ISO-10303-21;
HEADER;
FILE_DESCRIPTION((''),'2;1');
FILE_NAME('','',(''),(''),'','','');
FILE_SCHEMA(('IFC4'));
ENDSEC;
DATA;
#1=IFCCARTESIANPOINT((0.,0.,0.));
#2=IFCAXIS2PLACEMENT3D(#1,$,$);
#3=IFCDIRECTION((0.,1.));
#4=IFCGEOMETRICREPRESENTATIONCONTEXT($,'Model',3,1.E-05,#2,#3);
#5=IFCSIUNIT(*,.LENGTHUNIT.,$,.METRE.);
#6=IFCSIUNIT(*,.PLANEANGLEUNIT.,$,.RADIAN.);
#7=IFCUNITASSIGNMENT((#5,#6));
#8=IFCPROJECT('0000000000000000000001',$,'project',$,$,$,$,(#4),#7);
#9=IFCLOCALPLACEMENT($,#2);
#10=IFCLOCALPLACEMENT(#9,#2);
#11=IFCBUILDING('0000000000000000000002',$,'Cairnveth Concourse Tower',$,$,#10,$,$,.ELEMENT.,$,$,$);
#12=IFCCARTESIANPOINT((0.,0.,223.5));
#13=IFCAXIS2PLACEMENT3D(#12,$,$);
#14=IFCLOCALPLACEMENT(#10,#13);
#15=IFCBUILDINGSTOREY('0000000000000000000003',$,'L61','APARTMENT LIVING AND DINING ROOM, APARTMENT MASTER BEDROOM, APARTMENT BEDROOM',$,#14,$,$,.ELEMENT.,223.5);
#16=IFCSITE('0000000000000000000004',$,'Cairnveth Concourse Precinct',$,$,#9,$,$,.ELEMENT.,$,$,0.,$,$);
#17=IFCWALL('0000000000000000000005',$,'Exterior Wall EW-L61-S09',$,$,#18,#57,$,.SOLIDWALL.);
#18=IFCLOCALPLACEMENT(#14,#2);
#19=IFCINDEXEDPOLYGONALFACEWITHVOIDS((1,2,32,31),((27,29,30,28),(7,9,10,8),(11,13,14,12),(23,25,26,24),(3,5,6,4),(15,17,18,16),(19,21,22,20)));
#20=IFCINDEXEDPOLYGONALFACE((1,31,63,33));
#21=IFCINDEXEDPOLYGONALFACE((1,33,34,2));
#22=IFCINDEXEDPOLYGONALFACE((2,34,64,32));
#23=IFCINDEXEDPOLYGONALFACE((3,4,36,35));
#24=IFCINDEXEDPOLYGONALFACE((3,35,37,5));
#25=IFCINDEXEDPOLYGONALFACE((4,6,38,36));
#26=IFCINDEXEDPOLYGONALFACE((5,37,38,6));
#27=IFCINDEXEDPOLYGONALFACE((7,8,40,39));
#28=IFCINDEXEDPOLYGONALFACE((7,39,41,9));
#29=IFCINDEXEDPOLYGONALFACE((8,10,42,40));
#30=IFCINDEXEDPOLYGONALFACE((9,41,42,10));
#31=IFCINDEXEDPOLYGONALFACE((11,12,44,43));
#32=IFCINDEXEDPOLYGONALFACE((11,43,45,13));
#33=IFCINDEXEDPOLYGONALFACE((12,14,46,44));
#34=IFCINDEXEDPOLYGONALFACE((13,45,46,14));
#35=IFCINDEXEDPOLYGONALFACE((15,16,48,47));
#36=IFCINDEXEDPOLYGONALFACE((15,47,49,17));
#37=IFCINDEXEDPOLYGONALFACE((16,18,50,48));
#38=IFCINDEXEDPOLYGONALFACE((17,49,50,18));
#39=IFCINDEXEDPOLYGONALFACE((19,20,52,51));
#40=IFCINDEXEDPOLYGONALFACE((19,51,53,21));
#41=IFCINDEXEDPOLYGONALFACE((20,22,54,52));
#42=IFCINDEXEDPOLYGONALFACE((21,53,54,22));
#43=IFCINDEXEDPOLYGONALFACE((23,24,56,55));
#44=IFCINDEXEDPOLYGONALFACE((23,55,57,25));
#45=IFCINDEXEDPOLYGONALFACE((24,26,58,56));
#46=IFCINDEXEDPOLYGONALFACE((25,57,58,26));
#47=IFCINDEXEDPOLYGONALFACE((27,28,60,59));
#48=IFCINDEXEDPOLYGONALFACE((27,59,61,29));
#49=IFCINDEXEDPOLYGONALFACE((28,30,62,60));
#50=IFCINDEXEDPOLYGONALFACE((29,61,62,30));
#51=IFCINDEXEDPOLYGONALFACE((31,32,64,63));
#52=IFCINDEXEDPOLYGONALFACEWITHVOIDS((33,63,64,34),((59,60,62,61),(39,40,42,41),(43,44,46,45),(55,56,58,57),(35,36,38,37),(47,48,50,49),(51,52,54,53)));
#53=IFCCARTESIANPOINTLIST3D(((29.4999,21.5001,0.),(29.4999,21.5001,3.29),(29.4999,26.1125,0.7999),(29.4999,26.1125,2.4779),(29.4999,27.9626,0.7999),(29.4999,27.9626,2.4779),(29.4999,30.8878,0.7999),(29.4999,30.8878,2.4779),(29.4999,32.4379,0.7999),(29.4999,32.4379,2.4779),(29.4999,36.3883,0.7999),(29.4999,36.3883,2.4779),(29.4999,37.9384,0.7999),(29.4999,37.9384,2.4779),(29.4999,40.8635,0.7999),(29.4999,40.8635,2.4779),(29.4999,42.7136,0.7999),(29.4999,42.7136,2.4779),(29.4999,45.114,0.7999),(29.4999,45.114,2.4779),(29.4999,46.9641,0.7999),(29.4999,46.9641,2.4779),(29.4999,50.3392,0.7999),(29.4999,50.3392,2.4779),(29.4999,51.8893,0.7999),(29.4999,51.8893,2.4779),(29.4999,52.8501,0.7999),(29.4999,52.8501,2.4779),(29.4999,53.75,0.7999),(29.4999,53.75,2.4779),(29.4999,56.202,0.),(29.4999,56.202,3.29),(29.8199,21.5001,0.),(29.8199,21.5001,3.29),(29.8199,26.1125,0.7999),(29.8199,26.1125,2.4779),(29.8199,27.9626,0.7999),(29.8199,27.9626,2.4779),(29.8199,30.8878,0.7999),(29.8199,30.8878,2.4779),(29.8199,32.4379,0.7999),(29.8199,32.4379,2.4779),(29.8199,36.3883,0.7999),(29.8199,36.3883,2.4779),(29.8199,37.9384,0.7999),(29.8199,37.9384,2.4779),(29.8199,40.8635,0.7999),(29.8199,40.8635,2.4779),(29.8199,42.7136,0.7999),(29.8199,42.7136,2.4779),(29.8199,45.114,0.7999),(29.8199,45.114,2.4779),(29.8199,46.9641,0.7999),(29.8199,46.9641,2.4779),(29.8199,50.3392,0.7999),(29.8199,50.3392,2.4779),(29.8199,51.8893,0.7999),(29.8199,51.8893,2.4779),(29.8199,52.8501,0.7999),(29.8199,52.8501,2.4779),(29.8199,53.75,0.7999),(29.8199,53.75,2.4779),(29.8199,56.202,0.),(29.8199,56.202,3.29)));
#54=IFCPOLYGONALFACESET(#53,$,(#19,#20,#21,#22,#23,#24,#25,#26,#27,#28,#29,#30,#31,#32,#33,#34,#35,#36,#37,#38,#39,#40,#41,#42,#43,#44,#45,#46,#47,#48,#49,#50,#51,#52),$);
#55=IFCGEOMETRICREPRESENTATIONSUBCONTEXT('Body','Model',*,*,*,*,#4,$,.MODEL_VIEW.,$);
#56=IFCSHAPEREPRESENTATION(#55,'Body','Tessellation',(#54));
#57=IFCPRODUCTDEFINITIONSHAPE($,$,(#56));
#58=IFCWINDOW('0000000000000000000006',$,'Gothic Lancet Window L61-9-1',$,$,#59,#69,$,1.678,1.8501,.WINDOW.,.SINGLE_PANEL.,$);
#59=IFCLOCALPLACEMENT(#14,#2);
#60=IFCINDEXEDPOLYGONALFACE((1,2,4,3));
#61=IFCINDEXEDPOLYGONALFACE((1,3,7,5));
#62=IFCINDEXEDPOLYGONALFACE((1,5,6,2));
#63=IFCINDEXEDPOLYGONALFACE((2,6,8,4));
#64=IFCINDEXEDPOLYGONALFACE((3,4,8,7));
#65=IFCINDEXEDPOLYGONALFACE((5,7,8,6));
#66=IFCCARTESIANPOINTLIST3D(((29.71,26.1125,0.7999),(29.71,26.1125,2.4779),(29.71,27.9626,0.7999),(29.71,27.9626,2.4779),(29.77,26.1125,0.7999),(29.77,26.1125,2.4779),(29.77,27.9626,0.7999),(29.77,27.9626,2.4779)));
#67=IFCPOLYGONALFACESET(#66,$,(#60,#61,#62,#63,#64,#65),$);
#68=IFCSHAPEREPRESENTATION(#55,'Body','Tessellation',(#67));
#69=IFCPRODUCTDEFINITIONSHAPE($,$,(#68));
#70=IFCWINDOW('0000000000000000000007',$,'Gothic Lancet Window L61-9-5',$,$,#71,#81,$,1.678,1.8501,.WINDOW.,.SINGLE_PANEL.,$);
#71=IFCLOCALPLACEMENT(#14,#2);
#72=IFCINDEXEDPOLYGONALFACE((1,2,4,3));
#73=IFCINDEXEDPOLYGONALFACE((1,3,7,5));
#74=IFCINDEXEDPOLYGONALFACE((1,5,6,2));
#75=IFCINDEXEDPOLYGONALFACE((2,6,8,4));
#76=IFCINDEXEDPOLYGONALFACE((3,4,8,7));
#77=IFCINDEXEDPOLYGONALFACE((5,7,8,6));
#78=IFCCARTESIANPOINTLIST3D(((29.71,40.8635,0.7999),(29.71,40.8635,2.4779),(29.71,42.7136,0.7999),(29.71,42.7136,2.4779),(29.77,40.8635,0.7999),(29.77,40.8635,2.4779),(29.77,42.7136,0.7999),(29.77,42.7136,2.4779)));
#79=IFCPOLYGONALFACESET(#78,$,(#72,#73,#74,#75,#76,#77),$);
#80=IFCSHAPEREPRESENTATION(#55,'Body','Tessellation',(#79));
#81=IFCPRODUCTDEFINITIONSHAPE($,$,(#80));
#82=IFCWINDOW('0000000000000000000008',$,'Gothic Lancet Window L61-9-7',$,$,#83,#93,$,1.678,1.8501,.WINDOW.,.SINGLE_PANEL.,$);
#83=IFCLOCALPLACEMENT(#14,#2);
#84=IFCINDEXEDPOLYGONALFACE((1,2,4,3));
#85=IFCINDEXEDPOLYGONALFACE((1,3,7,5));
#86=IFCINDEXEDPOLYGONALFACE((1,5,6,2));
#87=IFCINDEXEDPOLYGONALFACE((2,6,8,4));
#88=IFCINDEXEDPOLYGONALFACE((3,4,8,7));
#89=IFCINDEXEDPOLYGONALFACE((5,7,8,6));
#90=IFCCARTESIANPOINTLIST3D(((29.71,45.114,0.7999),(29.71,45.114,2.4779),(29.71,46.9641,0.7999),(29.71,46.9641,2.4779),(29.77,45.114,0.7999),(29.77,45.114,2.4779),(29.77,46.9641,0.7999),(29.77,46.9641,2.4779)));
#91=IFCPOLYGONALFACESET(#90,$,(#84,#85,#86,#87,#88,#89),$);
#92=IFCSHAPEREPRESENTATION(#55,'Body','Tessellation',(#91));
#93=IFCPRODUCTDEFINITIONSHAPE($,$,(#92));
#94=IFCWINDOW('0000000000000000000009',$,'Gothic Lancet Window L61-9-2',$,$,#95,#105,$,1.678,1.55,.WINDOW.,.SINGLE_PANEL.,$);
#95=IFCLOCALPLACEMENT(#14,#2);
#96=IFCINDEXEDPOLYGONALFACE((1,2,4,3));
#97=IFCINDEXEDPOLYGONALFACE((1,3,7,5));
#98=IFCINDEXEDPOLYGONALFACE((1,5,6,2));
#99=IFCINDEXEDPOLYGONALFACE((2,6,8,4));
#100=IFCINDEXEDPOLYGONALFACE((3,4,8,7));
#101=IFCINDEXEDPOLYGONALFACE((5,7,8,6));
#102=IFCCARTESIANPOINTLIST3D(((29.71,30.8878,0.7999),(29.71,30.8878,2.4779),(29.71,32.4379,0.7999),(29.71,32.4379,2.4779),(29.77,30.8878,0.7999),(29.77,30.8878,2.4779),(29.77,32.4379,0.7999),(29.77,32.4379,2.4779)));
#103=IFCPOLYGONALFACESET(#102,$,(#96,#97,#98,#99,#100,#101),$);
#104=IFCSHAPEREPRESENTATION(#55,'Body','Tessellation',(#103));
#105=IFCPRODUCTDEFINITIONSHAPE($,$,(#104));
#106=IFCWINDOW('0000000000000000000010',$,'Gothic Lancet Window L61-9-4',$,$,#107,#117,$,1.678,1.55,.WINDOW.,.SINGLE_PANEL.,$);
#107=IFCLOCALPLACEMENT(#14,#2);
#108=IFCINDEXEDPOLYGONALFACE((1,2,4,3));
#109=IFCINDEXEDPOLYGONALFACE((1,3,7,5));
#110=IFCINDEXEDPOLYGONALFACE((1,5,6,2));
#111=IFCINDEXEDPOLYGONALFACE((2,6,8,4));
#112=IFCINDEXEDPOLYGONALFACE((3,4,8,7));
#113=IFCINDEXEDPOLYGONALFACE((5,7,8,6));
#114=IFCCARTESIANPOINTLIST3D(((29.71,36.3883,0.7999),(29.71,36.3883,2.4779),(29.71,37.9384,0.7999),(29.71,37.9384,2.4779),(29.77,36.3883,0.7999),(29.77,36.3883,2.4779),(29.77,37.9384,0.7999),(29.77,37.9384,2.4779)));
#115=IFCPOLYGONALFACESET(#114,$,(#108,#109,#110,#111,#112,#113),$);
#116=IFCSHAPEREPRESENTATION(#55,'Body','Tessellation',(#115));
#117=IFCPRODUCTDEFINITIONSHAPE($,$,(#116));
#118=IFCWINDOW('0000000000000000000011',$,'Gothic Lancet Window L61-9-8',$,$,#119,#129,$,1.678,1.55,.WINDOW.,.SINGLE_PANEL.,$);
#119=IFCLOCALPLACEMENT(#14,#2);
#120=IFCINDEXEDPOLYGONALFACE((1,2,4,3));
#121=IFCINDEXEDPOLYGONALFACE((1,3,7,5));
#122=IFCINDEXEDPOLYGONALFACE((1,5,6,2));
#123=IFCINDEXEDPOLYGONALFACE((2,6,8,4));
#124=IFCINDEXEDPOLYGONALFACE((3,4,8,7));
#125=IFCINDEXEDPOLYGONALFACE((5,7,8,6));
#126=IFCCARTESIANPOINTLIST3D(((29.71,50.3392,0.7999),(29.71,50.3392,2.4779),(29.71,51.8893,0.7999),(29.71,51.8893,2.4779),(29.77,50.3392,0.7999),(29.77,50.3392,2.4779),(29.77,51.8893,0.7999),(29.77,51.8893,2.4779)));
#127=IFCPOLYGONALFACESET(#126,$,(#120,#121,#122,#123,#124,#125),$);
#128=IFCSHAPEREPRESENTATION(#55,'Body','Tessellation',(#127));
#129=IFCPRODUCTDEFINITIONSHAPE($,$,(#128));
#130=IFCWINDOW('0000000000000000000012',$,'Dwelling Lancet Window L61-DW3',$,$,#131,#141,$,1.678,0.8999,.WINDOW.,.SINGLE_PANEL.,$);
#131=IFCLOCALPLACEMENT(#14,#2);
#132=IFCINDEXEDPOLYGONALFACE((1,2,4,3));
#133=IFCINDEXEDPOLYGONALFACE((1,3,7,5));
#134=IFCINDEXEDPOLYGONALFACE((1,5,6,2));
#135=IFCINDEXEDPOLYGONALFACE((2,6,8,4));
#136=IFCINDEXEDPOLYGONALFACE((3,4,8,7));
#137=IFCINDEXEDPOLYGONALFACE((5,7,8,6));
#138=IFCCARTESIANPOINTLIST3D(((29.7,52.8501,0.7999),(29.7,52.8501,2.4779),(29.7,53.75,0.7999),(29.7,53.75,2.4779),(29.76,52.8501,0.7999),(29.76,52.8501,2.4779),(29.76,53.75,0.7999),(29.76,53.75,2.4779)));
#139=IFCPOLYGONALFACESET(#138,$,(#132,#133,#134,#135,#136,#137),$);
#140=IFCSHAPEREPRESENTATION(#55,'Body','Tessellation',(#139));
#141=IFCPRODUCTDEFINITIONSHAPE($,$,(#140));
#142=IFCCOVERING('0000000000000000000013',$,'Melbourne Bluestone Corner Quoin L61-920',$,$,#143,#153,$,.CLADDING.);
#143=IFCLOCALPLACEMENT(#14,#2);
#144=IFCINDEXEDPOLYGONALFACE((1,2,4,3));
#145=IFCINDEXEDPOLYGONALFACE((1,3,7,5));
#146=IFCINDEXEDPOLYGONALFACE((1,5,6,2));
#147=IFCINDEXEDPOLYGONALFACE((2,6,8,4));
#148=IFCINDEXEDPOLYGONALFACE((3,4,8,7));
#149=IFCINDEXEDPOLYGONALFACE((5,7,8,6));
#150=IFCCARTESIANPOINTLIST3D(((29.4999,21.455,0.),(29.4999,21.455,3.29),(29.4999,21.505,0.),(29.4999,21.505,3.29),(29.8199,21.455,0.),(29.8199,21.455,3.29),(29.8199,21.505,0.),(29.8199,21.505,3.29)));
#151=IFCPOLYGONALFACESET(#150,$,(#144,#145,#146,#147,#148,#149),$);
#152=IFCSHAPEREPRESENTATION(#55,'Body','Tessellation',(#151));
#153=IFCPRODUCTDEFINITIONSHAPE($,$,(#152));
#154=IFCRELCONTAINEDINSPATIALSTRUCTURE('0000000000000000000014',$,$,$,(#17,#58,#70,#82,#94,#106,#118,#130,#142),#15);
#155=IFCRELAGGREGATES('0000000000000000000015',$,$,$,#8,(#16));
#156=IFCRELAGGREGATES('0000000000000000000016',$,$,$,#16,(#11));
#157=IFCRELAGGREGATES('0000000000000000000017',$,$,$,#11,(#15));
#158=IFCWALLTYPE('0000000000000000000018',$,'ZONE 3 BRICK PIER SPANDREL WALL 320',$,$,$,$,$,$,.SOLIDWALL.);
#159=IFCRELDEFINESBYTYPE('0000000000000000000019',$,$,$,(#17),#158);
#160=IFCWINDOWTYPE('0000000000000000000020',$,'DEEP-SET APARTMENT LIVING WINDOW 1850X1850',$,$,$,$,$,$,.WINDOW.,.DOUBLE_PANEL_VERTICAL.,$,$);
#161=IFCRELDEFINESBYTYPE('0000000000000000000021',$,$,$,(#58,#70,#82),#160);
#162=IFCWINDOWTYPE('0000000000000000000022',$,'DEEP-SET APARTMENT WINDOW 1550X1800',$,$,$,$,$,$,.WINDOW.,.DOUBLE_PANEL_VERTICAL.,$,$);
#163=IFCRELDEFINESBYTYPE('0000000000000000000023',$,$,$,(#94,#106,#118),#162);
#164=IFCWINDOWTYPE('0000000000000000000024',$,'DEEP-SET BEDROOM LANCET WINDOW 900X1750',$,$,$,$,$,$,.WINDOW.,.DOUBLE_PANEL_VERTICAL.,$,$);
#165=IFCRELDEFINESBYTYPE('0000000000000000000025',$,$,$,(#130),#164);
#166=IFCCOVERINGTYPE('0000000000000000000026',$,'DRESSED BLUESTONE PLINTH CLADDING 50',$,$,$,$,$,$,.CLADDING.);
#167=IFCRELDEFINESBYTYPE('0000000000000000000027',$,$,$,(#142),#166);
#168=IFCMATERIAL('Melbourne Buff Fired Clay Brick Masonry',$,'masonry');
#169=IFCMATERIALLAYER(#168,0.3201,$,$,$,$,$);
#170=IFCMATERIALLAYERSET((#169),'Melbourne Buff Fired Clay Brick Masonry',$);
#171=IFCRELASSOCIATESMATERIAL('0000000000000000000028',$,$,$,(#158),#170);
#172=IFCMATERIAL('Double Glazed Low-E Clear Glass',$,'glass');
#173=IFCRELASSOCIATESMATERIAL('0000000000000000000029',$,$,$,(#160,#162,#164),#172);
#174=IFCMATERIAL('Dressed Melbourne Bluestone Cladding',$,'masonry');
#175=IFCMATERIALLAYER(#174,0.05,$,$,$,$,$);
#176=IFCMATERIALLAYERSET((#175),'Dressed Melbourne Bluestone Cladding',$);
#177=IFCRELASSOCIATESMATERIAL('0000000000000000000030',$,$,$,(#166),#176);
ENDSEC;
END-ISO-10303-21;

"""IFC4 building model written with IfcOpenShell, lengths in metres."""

from ifc_helpers import new_model, si_unit, direction, frame, frame_2d, origin, place, context, subcontext, project, spatial, rectangle, extrude, material, layer, layer_set, type_object, element, fill, save


model = new_model("IFC4")

# Units and contexts
model_context = context("Model", 3, precision=1e-05, world=origin(), true_north=direction((0.0, 1.0)))
body_context = subcontext(model_context, "Body", "Model", "MODEL_VIEW")
ifc_project = project(units=[si_unit("LENGTHUNIT", "METRE"), si_unit("PLANEANGLEUNIT", "RADIAN")], contexts=[model_context])

# Site, building, storey
site_placement = place(None, origin())
site = spatial("IfcSite", under=ifc_project, at=site_placement, Name="Cairnveth Concourse Precinct", CompositionType="ELEMENT", RefElevation=0.0)
building_placement = place(site_placement, origin())
building = spatial("IfcBuilding", under=site, at=building_placement, Name="Cairnveth Concourse Tower", CompositionType="ELEMENT")
storey_placement = place(building_placement, frame((0.0, 0.0, 223.5)))
storey = spatial("IfcBuildingStorey", under=building, at=storey_placement, Name="L61", Description="APARTMENT LIVING AND DINING ROOM, APARTMENT MASTER BEDROOM, APARTMENT BEDROOM", CompositionType="ELEMENT", Elevation=223.5)

# Wall, openings, windows
ifc_material_1 = material(Name="Melbourne Buff Fired Clay Brick Masonry", Category="masonry")
ifc_layer_1 = layer(ifc_material_1, 0.3201)
ifc_layer_set_1 = layer_set([ifc_layer_1], Name="Melbourne Buff Fired Clay Brick Masonry")
wall_type_1 = type_object("IfcWallType", Name="ZONE 3 BRICK PIER SPANDREL WALL 320", PredefinedType="SOLIDWALL", material=ifc_layer_set_1)
wall_1_placement = place(storey_placement, frame((29.6599, 21.5, 0.0), z_axis=(0.0, 0.0, 1.0), x_axis=(0.0, 1.0, 0.0)))
wall_1 = element("IfcWall", 1, at=wall_1_placement, inside=storey, type_object=wall_type_1, Name="Exterior Wall EW-L61-S09", PredefinedType="SOLIDWALL", context=body_context, shape_type="SweptSolid", body=[
    extrude(rectangle(XDim=34.7019, YDim=0.3201, at=frame_2d((17.3511, 0.0))), origin(), (0.0, 0.0, 1.0), 3.29),
])
opening_1_placement = place(wall_1_placement, frame((4.6125, 0.0, 0.8)))
opening_1 = element("IfcOpeningElement", 2, at=opening_1_placement, cuts=wall_1, PredefinedType="OPENING", context=body_context, shape_type="SweptSolid", body=[
    extrude(rectangle(XDim=1.8501, YDim=1.678, at=frame_2d((0.925, 0.8389))), frame((0.0, 0.1699, 0.0), z_axis=(0.0, -1.0, 0.0), x_axis=(1.0, 0.0, 0.0)), (0.0, 0.0, 1.0), 0.3401),
])
opening_2_placement = place(wall_1_placement, frame((9.3879, 0.0, 0.8)))
opening_2 = element("IfcOpeningElement", 3, at=opening_2_placement, cuts=wall_1, PredefinedType="OPENING", context=body_context, shape_type="SweptSolid", body=[
    extrude(rectangle(XDim=1.55, YDim=1.678, at=frame_2d((0.7749, 0.8389))), frame((0.0, 0.1699, 0.0), z_axis=(0.0, -1.0, 0.0), x_axis=(1.0, 0.0, 0.0)), (0.0, 0.0, 1.0), 0.3401),
])
opening_3_placement = place(wall_1_placement, frame((14.8884, 0.0, 0.8)))
opening_3 = element("IfcOpeningElement", 4, at=opening_3_placement, cuts=wall_1, PredefinedType="OPENING", context=body_context, shape_type="SweptSolid", body=[
    extrude(rectangle(XDim=1.55, YDim=1.678, at=frame_2d((0.7749, 0.8389))), frame((0.0, 0.1699, 0.0), z_axis=(0.0, -1.0, 0.0), x_axis=(1.0, 0.0, 0.0)), (0.0, 0.0, 1.0), 0.3401),
])
opening_4_placement = place(wall_1_placement, frame((19.3635, 0.0, 0.8)))
opening_4 = element("IfcOpeningElement", 5, at=opening_4_placement, cuts=wall_1, PredefinedType="OPENING", context=body_context, shape_type="SweptSolid", body=[
    extrude(rectangle(XDim=1.8501, YDim=1.678, at=frame_2d((0.925, 0.8389))), frame((0.0, 0.1699, 0.0), z_axis=(0.0, -1.0, 0.0), x_axis=(1.0, 0.0, 0.0)), (0.0, 0.0, 1.0), 0.3401),
])
opening_5_placement = place(wall_1_placement, frame((23.614, 0.0, 0.8)))
opening_5 = element("IfcOpeningElement", 6, at=opening_5_placement, cuts=wall_1, PredefinedType="OPENING", context=body_context, shape_type="SweptSolid", body=[
    extrude(rectangle(XDim=1.8501, YDim=1.678, at=frame_2d((0.925, 0.8389))), frame((0.0, 0.1699, 0.0), z_axis=(0.0, -1.0, 0.0), x_axis=(1.0, 0.0, 0.0)), (0.0, 0.0, 1.0), 0.3401),
])
opening_6_placement = place(wall_1_placement, frame((28.8394, 0.0, 0.8)))
opening_6 = element("IfcOpeningElement", 7, at=opening_6_placement, cuts=wall_1, PredefinedType="OPENING", context=body_context, shape_type="SweptSolid", body=[
    extrude(rectangle(XDim=1.55, YDim=1.678, at=frame_2d((0.7749, 0.8389))), frame((0.0, 0.1699, 0.0), z_axis=(0.0, -1.0, 0.0), x_axis=(1.0, 0.0, 0.0)), (0.0, 0.0, 1.0), 0.3401),
])
opening_7_placement = place(wall_1_placement, frame((31.3501, 0.0, 0.8)))
opening_7 = element("IfcOpeningElement", 8, at=opening_7_placement, cuts=wall_1, PredefinedType="OPENING", context=body_context, shape_type="SweptSolid", body=[
    extrude(rectangle(XDim=0.8999, YDim=1.678, at=frame_2d((0.45, 0.8389))), frame((0.0, 0.1699, 0.0), z_axis=(0.0, -1.0, 0.0), x_axis=(1.0, 0.0, 0.0)), (0.0, 0.0, 1.0), 0.3401),
])
ifc_material_2 = material(Name="Double Glazed Low-E Clear Glass", Category="glass")
window_type_1 = type_object("IfcWindowType", Name="DEEP-SET APARTMENT LIVING WINDOW 1850X1850", PartitioningType="DOUBLE_PANEL_VERTICAL", PredefinedType="WINDOW", material=ifc_material_2)
window_1_placement = place(opening_1_placement, origin())
window_1 = element("IfcWindow", 9, at=window_1_placement, inside=storey, type_object=window_type_1, Name="Gothic Lancet Window L61-9-1", OverallHeight=1.678, OverallWidth=1.8501, PartitioningType="SINGLE_PANEL", PredefinedType="WINDOW", context=body_context, shape_type="SweptSolid", body=[
    extrude(rectangle(XDim=1.8501, YDim=1.678, at=frame_2d((0.925, 0.8389))), frame((0.0, -0.05, 0.0), z_axis=(0.0, -1.0, 0.0), x_axis=(1.0, 0.0, 0.0)), (0.0, 0.0, 1.0), 0.0601),
])
fill(opening_1, window_1)
window_2_placement = place(opening_4_placement, origin())
window_2 = element("IfcWindow", 10, at=window_2_placement, inside=storey, type_object=window_type_1, Name="Gothic Lancet Window L61-9-5", OverallHeight=1.678, OverallWidth=1.8501, PartitioningType="SINGLE_PANEL", PredefinedType="WINDOW", context=body_context, shape_type="SweptSolid", body=[
    extrude(rectangle(XDim=1.8501, YDim=1.678, at=frame_2d((0.925, 0.8389))), frame((0.0, -0.05, 0.0), z_axis=(0.0, -1.0, 0.0), x_axis=(1.0, 0.0, 0.0)), (0.0, 0.0, 1.0), 0.0601),
])
fill(opening_4, window_2)
window_3_placement = place(opening_5_placement, origin())
window_3 = element("IfcWindow", 11, at=window_3_placement, inside=storey, type_object=window_type_1, Name="Gothic Lancet Window L61-9-7", OverallHeight=1.678, OverallWidth=1.8501, PartitioningType="SINGLE_PANEL", PredefinedType="WINDOW", context=body_context, shape_type="SweptSolid", body=[
    extrude(rectangle(XDim=1.8501, YDim=1.678, at=frame_2d((0.925, 0.8389))), frame((0.0, -0.05, 0.0), z_axis=(0.0, -1.0, 0.0), x_axis=(1.0, 0.0, 0.0)), (0.0, 0.0, 1.0), 0.0601),
])
fill(opening_5, window_3)
window_type_2 = type_object("IfcWindowType", Name="DEEP-SET APARTMENT WINDOW 1550X1800", PartitioningType="DOUBLE_PANEL_VERTICAL", PredefinedType="WINDOW", material=ifc_material_2)
window_4_placement = place(opening_2_placement, origin())
window_4 = element("IfcWindow", 12, at=window_4_placement, inside=storey, type_object=window_type_2, Name="Gothic Lancet Window L61-9-2", OverallHeight=1.678, OverallWidth=1.55, PartitioningType="SINGLE_PANEL", PredefinedType="WINDOW", context=body_context, shape_type="SweptSolid", body=[
    extrude(rectangle(XDim=1.55, YDim=1.678, at=frame_2d((0.7749, 0.8389))), frame((0.0, -0.05, 0.0), z_axis=(0.0, -1.0, 0.0), x_axis=(1.0, 0.0, 0.0)), (0.0, 0.0, 1.0), 0.0601),
])
fill(opening_2, window_4)
window_5_placement = place(opening_3_placement, origin())
window_5 = element("IfcWindow", 13, at=window_5_placement, inside=storey, type_object=window_type_2, Name="Gothic Lancet Window L61-9-4", OverallHeight=1.678, OverallWidth=1.55, PartitioningType="SINGLE_PANEL", PredefinedType="WINDOW", context=body_context, shape_type="SweptSolid", body=[
    extrude(rectangle(XDim=1.55, YDim=1.678, at=frame_2d((0.7749, 0.8389))), frame((0.0, -0.05, 0.0), z_axis=(0.0, -1.0, 0.0), x_axis=(1.0, 0.0, 0.0)), (0.0, 0.0, 1.0), 0.0601),
])
fill(opening_3, window_5)
window_6_placement = place(opening_6_placement, origin())
window_6 = element("IfcWindow", 14, at=window_6_placement, inside=storey, type_object=window_type_2, Name="Gothic Lancet Window L61-9-8", OverallHeight=1.678, OverallWidth=1.55, PartitioningType="SINGLE_PANEL", PredefinedType="WINDOW", context=body_context, shape_type="SweptSolid", body=[
    extrude(rectangle(XDim=1.55, YDim=1.678, at=frame_2d((0.7749, 0.8389))), frame((0.0, -0.05, 0.0), z_axis=(0.0, -1.0, 0.0), x_axis=(1.0, 0.0, 0.0)), (0.0, 0.0, 1.0), 0.0601),
])
fill(opening_6, window_6)
window_type_3 = type_object("IfcWindowType", Name="DEEP-SET BEDROOM LANCET WINDOW 900X1750", PartitioningType="DOUBLE_PANEL_VERTICAL", PredefinedType="WINDOW", material=ifc_material_2)
window_7_placement = place(opening_7_placement, origin())
window_7 = element("IfcWindow", 15, at=window_7_placement, inside=storey, type_object=window_type_3, Name="Dwelling Lancet Window L61-DW3", OverallHeight=1.678, OverallWidth=0.8999, PartitioningType="SINGLE_PANEL", PredefinedType="WINDOW", context=body_context, shape_type="SweptSolid", body=[
    extrude(rectangle(XDim=0.8999, YDim=1.678, at=frame_2d((0.45, 0.8389))), frame((0.0, -0.04, 0.0), z_axis=(0.0, -1.0, 0.0), x_axis=(1.0, 0.0, 0.0)), (0.0, 0.0, 1.0), 0.0601),
])
fill(opening_7, window_7)

# Covering
ifc_material_3 = material(Name="Dressed Melbourne Bluestone Cladding", Category="masonry")
ifc_layer_2 = layer(ifc_material_3, 0.05)
ifc_layer_set_2 = layer_set([ifc_layer_2], Name="Dressed Melbourne Bluestone Cladding")
covering_type = type_object("IfcCoveringType", Name="DRESSED BLUESTONE PLINTH CLADDING 50", PredefinedType="CLADDING", material=ifc_layer_set_2)
covering_placement = place(storey_placement, frame((29.8201, 21.48, 0.0), z_axis=(0.0, 0.0, 1.0), x_axis=(-1.0, 0.0, 0.0)))
element("IfcCovering", 16, at=covering_placement, inside=storey, type_object=covering_type, Name="Melbourne Bluestone Corner Quoin L61-920", PredefinedType="CLADDING", context=body_context, shape_type="SweptSolid", body=[
    extrude(rectangle(XDim=0.3201, YDim=0.05, at=frame_2d((0.1602, 0.0))), origin(), (0.0, 0.0, 1.0), 3.29),
])

save(model, "model.ifc")
